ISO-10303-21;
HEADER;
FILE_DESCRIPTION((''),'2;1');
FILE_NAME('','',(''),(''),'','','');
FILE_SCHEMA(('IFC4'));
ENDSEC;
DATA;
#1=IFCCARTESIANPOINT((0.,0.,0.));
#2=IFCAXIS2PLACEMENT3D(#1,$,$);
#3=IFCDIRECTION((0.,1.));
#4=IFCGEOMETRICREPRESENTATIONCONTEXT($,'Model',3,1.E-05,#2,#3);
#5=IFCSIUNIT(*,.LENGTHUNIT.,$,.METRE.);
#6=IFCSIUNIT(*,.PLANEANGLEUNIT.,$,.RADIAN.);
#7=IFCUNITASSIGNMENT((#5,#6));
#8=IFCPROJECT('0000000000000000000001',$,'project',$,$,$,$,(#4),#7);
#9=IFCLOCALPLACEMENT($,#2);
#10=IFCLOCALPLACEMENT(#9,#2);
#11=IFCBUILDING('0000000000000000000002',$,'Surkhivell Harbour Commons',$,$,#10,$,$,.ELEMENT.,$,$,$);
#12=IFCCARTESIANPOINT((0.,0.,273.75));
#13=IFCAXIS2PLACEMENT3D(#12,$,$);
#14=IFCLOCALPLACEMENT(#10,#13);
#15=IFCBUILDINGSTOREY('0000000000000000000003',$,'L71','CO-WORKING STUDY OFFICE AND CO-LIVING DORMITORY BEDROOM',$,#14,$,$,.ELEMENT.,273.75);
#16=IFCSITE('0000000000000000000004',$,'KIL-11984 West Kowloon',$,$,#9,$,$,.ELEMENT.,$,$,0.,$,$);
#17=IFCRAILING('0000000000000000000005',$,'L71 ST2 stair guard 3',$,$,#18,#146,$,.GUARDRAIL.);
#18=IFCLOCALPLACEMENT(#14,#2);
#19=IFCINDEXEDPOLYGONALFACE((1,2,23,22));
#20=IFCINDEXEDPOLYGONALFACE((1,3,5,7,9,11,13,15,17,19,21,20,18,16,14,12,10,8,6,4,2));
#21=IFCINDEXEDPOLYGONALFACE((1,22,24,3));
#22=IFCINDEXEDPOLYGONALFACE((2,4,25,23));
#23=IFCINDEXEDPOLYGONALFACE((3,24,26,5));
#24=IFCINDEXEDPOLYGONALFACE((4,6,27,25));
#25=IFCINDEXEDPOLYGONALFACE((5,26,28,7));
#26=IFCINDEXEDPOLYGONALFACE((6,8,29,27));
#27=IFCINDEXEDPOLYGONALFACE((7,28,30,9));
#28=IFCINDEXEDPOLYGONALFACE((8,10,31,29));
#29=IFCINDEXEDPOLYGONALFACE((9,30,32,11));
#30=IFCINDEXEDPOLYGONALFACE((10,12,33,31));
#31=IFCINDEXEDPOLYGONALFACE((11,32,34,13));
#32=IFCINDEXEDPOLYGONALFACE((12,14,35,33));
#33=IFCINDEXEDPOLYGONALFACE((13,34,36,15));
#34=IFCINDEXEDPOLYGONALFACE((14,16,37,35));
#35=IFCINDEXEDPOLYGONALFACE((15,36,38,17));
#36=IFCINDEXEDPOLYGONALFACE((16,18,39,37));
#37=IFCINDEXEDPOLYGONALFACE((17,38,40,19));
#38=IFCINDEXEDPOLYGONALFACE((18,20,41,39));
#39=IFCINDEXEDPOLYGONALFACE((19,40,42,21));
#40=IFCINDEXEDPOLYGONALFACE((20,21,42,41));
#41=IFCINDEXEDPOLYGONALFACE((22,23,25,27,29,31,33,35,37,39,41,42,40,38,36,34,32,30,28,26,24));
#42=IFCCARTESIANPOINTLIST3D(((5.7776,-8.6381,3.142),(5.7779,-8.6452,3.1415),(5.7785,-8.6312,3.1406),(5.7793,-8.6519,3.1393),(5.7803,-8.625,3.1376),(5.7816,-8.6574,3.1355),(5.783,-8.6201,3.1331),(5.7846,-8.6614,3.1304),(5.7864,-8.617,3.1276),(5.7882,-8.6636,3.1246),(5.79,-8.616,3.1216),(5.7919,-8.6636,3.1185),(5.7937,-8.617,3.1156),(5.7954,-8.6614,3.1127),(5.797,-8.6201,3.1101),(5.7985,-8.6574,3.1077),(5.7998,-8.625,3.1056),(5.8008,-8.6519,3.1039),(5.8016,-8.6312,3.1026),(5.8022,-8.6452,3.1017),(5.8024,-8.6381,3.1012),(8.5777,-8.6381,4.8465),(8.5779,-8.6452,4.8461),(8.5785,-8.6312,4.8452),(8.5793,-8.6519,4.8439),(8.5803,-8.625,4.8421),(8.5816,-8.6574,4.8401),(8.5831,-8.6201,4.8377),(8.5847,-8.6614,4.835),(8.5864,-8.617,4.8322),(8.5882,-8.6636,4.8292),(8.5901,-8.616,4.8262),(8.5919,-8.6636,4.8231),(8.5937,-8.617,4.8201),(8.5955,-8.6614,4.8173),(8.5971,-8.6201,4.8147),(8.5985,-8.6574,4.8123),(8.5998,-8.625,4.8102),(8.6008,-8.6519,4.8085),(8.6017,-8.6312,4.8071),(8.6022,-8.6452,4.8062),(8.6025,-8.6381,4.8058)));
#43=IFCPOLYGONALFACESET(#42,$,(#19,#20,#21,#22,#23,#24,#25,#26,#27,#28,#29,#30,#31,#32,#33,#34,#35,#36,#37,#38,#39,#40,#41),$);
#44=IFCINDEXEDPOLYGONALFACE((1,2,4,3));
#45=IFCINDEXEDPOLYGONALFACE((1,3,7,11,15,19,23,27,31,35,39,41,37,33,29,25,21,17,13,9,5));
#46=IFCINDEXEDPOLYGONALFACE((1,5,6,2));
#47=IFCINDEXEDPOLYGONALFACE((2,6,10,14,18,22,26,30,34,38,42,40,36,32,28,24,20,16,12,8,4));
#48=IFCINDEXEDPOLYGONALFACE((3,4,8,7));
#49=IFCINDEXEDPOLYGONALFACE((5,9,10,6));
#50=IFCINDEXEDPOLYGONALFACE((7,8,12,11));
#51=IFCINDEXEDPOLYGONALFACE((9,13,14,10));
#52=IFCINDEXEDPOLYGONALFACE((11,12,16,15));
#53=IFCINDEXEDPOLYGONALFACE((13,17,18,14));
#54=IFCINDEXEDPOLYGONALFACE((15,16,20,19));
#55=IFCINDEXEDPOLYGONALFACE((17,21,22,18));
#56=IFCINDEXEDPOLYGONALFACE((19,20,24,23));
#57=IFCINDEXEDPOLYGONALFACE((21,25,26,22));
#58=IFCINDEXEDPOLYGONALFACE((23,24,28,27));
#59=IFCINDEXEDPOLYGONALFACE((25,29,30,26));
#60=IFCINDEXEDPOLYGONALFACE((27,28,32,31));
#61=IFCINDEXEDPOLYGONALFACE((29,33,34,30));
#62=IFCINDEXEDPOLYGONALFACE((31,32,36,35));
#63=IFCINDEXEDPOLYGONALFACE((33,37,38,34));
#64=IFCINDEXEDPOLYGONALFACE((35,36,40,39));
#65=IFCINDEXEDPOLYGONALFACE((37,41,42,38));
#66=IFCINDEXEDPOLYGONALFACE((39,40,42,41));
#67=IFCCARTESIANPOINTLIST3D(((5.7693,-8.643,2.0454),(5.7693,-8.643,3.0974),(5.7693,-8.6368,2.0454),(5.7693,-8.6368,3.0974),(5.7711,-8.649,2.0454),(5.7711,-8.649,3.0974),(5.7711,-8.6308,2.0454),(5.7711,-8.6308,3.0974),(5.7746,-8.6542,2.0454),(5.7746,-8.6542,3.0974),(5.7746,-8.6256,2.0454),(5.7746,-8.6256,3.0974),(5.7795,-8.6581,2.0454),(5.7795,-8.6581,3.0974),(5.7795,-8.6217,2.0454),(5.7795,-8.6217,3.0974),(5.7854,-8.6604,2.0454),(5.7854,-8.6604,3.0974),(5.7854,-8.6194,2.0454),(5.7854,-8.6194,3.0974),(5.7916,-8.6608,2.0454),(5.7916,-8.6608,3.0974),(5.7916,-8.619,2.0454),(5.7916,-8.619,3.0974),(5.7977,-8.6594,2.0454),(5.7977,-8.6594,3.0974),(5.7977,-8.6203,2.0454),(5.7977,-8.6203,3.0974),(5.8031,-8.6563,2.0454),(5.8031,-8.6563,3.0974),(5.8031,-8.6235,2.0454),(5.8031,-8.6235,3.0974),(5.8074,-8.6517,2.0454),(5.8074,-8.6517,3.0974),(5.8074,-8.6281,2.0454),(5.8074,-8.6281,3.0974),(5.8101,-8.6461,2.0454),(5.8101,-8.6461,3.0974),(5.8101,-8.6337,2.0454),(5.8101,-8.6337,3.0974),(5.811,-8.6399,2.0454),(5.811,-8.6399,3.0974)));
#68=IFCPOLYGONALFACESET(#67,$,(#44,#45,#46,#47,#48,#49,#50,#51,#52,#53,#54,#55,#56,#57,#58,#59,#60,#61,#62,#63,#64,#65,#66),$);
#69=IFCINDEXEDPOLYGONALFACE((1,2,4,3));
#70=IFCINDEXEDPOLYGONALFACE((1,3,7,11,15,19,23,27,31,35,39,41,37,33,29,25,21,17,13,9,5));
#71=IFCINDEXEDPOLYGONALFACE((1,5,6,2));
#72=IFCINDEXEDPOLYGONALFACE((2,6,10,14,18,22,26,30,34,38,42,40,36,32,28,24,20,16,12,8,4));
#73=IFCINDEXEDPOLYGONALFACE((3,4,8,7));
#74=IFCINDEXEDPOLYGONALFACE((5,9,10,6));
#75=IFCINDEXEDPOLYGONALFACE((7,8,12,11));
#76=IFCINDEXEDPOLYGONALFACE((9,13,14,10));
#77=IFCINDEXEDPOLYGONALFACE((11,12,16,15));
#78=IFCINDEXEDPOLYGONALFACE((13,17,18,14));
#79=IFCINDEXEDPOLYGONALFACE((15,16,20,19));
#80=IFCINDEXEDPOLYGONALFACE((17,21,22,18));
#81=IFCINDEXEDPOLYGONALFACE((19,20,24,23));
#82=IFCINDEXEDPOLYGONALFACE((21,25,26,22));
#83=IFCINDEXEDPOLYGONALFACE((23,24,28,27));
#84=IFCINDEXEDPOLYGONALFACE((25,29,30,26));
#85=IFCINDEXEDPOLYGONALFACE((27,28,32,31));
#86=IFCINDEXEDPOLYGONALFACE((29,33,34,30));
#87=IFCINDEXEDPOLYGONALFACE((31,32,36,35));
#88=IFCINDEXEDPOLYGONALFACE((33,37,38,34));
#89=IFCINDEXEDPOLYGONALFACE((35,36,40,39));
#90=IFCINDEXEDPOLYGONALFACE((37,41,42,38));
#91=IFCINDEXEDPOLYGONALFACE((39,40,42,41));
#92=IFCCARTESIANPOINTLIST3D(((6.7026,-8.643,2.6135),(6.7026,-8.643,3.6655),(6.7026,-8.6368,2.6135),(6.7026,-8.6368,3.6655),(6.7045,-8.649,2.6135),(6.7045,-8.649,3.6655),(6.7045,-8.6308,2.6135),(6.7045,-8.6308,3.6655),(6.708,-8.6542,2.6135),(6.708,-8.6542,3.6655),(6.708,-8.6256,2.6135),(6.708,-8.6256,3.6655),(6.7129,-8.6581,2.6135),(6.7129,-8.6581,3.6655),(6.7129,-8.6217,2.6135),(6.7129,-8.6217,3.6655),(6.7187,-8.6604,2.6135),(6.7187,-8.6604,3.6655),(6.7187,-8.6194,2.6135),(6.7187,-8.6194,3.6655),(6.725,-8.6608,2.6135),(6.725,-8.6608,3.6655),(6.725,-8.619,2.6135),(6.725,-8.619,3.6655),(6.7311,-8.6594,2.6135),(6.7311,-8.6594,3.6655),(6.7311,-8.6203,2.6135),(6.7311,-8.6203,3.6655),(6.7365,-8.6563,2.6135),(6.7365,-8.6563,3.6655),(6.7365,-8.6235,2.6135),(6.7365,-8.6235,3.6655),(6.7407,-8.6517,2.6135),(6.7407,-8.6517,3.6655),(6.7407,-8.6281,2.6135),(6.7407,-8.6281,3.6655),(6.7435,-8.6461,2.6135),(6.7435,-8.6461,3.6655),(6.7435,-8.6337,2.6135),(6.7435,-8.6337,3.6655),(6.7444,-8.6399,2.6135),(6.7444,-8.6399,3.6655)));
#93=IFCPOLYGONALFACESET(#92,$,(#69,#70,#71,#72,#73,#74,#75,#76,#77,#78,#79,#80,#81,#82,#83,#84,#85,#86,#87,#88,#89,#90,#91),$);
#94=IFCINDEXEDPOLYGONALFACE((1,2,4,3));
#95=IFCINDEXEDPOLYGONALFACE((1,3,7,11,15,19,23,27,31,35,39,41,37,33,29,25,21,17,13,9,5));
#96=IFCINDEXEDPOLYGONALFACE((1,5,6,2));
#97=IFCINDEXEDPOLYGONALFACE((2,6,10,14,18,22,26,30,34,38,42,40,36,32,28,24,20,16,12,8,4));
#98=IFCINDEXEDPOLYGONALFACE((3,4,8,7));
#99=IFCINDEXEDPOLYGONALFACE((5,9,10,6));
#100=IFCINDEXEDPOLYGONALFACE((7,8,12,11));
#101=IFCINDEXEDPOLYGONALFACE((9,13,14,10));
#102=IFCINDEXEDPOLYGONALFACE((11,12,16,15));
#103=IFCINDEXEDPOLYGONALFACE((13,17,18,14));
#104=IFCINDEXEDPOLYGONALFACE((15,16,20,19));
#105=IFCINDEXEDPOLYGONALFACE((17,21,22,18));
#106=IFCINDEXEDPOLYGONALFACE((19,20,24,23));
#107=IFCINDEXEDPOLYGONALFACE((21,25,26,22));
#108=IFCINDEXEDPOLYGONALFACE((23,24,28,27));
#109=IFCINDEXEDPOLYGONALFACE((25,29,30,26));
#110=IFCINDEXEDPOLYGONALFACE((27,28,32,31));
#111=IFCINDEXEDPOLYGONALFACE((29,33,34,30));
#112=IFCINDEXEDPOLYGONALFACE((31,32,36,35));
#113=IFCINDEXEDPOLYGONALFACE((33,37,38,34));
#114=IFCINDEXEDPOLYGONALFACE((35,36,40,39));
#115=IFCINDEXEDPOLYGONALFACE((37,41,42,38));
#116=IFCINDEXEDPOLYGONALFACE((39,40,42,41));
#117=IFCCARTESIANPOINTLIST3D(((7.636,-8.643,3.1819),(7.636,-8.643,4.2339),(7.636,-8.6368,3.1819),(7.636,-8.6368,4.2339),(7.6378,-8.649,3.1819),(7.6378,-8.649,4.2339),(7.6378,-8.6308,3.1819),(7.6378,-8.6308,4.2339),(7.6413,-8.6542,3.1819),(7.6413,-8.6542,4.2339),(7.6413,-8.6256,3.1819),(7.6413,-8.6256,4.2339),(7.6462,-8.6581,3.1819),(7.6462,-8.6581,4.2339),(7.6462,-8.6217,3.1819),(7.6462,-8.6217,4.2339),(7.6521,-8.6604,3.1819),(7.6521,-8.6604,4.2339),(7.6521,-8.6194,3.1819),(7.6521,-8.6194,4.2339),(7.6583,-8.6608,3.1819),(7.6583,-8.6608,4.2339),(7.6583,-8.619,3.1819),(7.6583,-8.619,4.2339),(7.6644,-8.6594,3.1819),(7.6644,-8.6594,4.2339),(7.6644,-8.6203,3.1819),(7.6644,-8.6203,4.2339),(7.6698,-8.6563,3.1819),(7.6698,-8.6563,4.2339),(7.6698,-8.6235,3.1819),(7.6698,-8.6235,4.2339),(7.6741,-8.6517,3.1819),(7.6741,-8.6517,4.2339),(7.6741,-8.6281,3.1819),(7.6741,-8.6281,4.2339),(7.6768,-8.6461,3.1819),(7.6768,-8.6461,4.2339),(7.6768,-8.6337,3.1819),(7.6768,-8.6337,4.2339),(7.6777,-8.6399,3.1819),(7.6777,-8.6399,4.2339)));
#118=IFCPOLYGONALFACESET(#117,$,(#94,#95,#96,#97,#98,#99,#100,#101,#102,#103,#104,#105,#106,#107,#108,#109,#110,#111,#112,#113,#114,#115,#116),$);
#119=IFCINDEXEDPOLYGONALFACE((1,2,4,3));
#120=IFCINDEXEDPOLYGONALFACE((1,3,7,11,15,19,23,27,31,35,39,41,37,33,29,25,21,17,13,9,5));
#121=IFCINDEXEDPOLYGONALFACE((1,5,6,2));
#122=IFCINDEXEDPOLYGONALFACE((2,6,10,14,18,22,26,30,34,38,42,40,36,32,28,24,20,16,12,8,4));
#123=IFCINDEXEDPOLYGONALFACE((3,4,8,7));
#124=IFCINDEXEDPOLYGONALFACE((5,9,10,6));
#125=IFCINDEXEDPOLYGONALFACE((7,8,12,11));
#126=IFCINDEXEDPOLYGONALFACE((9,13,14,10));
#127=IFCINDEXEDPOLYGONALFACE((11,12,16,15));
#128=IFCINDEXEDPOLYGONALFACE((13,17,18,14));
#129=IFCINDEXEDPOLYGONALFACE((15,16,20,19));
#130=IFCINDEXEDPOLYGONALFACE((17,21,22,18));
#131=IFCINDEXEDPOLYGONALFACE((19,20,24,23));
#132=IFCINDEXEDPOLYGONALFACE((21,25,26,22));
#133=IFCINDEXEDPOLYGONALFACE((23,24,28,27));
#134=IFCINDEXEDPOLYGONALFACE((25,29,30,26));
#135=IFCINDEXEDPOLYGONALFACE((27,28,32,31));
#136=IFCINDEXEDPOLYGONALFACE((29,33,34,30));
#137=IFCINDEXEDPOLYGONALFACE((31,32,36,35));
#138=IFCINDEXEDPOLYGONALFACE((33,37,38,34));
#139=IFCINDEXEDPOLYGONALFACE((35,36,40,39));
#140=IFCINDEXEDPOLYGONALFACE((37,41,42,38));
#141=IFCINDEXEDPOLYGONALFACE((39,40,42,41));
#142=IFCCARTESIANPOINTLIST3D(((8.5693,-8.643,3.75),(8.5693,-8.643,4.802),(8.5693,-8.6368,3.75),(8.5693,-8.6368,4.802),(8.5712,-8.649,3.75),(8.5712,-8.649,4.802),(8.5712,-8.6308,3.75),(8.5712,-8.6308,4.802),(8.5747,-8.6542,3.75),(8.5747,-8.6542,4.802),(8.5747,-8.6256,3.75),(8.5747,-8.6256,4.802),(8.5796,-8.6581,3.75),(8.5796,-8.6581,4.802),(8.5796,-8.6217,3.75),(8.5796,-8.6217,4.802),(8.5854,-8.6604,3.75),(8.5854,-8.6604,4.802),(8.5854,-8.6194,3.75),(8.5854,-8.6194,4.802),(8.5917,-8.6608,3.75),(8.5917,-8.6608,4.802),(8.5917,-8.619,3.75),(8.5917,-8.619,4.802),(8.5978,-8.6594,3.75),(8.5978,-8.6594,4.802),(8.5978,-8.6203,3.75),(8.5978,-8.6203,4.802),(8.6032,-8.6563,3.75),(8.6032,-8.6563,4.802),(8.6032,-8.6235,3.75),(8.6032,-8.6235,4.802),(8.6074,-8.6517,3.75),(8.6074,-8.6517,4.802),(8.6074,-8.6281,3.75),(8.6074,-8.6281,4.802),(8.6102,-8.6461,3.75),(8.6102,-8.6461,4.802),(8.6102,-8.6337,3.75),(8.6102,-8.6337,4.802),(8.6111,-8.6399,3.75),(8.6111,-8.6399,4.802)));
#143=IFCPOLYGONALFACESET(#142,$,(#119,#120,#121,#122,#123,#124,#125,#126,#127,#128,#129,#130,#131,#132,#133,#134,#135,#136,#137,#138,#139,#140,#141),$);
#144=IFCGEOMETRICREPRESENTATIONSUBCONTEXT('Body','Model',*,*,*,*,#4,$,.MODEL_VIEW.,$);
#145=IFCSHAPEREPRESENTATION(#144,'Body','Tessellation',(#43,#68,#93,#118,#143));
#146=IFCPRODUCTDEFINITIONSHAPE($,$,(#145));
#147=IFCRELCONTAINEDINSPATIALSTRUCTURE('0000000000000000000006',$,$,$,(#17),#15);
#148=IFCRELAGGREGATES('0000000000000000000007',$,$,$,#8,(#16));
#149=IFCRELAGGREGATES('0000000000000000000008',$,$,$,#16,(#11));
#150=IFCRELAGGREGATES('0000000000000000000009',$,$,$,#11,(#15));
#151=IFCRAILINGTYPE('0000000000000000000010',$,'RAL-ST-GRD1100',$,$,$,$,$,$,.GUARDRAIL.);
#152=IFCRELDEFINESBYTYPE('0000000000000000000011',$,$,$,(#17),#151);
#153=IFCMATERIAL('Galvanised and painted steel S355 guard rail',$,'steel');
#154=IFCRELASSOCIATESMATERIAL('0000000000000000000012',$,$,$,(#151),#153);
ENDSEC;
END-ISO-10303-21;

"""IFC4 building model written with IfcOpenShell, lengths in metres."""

from ifc_helpers import new_model, si_unit, direction, frame, origin, origin_2d, place, context, subcontext, project, spatial, circle, extrude, material, type_object, element, save


model = new_model("IFC4")

# Units and contexts
model_context = context("Model", 3, precision=1e-05, world=origin(), true_north=direction((0.0, 1.0)))
body_context = subcontext(model_context, "Body", "Model", "MODEL_VIEW")
ifc_project = project(units=[si_unit("LENGTHUNIT", "METRE"), si_unit("PLANEANGLEUNIT", "RADIAN")], contexts=[model_context])

# Site, building, storey
site_placement = place(None, origin())
site = spatial("IfcSite", under=ifc_project, at=site_placement, Name="KIL-11984 West Kowloon", CompositionType="ELEMENT", RefElevation=0.0)
building_placement = place(site_placement, origin())
building = spatial("IfcBuilding", under=site, at=building_placement, Name="Surkhivell Harbour Commons", CompositionType="ELEMENT")
storey_placement = place(building_placement, frame((0.0, 0.0, 273.75)))
storey = spatial("IfcBuildingStorey", under=building, at=storey_placement, Name="L71", Description="CO-WORKING STUDY OFFICE AND CO-LIVING DORMITORY BEDROOM", CompositionType="ELEMENT", Elevation=273.75)

# Railing
ifc_material_1 = material(Name="Galvanised and painted steel S355 guard rail", Category="steel")
railing_type_1 = type_object("IfcRailingType", Name="RAL-ST-GRD1100", PredefinedType="GUARDRAIL", material=ifc_material_1)
railing_1_placement = place(storey_placement, frame((5.79, -8.6399, 2.0454)))
element("IfcRailing", 1, at=railing_1_placement, inside=storey, type_object=railing_type_1, Name="L71 ST2 stair guard 3", PredefinedType="GUARDRAIL", context=body_context, shape_type="SweptSolid", body=[
    extrude(circle(Radius=0.0239, at=origin_2d()), frame((0.0, 0.0, 1.0762), z_axis=(0.85417, 0.0, 0.519994), x_axis=(0.0, 1.0, 0.0)), (0.0, 0.0, 1.0), 3.2781),
    extrude(circle(Radius=0.021, at=origin_2d()), origin(), (0.0, 0.0, 1.0), 1.052),
    extrude(circle(Radius=0.021, at=origin_2d()), frame((0.9333, 0.0, 0.5681)), (0.0, 0.0, 1.0), 1.052),
    extrude(circle(Radius=0.021, at=origin_2d()), frame((1.8667, 0.0, 1.1365)), (0.0, 0.0, 1.0), 1.052),
    extrude(circle(Radius=0.021, at=origin_2d()), frame((2.8, 0.0, 1.7046)), (0.0, 0.0, 1.0), 1.052),
])

save(model, "model.ifc")
